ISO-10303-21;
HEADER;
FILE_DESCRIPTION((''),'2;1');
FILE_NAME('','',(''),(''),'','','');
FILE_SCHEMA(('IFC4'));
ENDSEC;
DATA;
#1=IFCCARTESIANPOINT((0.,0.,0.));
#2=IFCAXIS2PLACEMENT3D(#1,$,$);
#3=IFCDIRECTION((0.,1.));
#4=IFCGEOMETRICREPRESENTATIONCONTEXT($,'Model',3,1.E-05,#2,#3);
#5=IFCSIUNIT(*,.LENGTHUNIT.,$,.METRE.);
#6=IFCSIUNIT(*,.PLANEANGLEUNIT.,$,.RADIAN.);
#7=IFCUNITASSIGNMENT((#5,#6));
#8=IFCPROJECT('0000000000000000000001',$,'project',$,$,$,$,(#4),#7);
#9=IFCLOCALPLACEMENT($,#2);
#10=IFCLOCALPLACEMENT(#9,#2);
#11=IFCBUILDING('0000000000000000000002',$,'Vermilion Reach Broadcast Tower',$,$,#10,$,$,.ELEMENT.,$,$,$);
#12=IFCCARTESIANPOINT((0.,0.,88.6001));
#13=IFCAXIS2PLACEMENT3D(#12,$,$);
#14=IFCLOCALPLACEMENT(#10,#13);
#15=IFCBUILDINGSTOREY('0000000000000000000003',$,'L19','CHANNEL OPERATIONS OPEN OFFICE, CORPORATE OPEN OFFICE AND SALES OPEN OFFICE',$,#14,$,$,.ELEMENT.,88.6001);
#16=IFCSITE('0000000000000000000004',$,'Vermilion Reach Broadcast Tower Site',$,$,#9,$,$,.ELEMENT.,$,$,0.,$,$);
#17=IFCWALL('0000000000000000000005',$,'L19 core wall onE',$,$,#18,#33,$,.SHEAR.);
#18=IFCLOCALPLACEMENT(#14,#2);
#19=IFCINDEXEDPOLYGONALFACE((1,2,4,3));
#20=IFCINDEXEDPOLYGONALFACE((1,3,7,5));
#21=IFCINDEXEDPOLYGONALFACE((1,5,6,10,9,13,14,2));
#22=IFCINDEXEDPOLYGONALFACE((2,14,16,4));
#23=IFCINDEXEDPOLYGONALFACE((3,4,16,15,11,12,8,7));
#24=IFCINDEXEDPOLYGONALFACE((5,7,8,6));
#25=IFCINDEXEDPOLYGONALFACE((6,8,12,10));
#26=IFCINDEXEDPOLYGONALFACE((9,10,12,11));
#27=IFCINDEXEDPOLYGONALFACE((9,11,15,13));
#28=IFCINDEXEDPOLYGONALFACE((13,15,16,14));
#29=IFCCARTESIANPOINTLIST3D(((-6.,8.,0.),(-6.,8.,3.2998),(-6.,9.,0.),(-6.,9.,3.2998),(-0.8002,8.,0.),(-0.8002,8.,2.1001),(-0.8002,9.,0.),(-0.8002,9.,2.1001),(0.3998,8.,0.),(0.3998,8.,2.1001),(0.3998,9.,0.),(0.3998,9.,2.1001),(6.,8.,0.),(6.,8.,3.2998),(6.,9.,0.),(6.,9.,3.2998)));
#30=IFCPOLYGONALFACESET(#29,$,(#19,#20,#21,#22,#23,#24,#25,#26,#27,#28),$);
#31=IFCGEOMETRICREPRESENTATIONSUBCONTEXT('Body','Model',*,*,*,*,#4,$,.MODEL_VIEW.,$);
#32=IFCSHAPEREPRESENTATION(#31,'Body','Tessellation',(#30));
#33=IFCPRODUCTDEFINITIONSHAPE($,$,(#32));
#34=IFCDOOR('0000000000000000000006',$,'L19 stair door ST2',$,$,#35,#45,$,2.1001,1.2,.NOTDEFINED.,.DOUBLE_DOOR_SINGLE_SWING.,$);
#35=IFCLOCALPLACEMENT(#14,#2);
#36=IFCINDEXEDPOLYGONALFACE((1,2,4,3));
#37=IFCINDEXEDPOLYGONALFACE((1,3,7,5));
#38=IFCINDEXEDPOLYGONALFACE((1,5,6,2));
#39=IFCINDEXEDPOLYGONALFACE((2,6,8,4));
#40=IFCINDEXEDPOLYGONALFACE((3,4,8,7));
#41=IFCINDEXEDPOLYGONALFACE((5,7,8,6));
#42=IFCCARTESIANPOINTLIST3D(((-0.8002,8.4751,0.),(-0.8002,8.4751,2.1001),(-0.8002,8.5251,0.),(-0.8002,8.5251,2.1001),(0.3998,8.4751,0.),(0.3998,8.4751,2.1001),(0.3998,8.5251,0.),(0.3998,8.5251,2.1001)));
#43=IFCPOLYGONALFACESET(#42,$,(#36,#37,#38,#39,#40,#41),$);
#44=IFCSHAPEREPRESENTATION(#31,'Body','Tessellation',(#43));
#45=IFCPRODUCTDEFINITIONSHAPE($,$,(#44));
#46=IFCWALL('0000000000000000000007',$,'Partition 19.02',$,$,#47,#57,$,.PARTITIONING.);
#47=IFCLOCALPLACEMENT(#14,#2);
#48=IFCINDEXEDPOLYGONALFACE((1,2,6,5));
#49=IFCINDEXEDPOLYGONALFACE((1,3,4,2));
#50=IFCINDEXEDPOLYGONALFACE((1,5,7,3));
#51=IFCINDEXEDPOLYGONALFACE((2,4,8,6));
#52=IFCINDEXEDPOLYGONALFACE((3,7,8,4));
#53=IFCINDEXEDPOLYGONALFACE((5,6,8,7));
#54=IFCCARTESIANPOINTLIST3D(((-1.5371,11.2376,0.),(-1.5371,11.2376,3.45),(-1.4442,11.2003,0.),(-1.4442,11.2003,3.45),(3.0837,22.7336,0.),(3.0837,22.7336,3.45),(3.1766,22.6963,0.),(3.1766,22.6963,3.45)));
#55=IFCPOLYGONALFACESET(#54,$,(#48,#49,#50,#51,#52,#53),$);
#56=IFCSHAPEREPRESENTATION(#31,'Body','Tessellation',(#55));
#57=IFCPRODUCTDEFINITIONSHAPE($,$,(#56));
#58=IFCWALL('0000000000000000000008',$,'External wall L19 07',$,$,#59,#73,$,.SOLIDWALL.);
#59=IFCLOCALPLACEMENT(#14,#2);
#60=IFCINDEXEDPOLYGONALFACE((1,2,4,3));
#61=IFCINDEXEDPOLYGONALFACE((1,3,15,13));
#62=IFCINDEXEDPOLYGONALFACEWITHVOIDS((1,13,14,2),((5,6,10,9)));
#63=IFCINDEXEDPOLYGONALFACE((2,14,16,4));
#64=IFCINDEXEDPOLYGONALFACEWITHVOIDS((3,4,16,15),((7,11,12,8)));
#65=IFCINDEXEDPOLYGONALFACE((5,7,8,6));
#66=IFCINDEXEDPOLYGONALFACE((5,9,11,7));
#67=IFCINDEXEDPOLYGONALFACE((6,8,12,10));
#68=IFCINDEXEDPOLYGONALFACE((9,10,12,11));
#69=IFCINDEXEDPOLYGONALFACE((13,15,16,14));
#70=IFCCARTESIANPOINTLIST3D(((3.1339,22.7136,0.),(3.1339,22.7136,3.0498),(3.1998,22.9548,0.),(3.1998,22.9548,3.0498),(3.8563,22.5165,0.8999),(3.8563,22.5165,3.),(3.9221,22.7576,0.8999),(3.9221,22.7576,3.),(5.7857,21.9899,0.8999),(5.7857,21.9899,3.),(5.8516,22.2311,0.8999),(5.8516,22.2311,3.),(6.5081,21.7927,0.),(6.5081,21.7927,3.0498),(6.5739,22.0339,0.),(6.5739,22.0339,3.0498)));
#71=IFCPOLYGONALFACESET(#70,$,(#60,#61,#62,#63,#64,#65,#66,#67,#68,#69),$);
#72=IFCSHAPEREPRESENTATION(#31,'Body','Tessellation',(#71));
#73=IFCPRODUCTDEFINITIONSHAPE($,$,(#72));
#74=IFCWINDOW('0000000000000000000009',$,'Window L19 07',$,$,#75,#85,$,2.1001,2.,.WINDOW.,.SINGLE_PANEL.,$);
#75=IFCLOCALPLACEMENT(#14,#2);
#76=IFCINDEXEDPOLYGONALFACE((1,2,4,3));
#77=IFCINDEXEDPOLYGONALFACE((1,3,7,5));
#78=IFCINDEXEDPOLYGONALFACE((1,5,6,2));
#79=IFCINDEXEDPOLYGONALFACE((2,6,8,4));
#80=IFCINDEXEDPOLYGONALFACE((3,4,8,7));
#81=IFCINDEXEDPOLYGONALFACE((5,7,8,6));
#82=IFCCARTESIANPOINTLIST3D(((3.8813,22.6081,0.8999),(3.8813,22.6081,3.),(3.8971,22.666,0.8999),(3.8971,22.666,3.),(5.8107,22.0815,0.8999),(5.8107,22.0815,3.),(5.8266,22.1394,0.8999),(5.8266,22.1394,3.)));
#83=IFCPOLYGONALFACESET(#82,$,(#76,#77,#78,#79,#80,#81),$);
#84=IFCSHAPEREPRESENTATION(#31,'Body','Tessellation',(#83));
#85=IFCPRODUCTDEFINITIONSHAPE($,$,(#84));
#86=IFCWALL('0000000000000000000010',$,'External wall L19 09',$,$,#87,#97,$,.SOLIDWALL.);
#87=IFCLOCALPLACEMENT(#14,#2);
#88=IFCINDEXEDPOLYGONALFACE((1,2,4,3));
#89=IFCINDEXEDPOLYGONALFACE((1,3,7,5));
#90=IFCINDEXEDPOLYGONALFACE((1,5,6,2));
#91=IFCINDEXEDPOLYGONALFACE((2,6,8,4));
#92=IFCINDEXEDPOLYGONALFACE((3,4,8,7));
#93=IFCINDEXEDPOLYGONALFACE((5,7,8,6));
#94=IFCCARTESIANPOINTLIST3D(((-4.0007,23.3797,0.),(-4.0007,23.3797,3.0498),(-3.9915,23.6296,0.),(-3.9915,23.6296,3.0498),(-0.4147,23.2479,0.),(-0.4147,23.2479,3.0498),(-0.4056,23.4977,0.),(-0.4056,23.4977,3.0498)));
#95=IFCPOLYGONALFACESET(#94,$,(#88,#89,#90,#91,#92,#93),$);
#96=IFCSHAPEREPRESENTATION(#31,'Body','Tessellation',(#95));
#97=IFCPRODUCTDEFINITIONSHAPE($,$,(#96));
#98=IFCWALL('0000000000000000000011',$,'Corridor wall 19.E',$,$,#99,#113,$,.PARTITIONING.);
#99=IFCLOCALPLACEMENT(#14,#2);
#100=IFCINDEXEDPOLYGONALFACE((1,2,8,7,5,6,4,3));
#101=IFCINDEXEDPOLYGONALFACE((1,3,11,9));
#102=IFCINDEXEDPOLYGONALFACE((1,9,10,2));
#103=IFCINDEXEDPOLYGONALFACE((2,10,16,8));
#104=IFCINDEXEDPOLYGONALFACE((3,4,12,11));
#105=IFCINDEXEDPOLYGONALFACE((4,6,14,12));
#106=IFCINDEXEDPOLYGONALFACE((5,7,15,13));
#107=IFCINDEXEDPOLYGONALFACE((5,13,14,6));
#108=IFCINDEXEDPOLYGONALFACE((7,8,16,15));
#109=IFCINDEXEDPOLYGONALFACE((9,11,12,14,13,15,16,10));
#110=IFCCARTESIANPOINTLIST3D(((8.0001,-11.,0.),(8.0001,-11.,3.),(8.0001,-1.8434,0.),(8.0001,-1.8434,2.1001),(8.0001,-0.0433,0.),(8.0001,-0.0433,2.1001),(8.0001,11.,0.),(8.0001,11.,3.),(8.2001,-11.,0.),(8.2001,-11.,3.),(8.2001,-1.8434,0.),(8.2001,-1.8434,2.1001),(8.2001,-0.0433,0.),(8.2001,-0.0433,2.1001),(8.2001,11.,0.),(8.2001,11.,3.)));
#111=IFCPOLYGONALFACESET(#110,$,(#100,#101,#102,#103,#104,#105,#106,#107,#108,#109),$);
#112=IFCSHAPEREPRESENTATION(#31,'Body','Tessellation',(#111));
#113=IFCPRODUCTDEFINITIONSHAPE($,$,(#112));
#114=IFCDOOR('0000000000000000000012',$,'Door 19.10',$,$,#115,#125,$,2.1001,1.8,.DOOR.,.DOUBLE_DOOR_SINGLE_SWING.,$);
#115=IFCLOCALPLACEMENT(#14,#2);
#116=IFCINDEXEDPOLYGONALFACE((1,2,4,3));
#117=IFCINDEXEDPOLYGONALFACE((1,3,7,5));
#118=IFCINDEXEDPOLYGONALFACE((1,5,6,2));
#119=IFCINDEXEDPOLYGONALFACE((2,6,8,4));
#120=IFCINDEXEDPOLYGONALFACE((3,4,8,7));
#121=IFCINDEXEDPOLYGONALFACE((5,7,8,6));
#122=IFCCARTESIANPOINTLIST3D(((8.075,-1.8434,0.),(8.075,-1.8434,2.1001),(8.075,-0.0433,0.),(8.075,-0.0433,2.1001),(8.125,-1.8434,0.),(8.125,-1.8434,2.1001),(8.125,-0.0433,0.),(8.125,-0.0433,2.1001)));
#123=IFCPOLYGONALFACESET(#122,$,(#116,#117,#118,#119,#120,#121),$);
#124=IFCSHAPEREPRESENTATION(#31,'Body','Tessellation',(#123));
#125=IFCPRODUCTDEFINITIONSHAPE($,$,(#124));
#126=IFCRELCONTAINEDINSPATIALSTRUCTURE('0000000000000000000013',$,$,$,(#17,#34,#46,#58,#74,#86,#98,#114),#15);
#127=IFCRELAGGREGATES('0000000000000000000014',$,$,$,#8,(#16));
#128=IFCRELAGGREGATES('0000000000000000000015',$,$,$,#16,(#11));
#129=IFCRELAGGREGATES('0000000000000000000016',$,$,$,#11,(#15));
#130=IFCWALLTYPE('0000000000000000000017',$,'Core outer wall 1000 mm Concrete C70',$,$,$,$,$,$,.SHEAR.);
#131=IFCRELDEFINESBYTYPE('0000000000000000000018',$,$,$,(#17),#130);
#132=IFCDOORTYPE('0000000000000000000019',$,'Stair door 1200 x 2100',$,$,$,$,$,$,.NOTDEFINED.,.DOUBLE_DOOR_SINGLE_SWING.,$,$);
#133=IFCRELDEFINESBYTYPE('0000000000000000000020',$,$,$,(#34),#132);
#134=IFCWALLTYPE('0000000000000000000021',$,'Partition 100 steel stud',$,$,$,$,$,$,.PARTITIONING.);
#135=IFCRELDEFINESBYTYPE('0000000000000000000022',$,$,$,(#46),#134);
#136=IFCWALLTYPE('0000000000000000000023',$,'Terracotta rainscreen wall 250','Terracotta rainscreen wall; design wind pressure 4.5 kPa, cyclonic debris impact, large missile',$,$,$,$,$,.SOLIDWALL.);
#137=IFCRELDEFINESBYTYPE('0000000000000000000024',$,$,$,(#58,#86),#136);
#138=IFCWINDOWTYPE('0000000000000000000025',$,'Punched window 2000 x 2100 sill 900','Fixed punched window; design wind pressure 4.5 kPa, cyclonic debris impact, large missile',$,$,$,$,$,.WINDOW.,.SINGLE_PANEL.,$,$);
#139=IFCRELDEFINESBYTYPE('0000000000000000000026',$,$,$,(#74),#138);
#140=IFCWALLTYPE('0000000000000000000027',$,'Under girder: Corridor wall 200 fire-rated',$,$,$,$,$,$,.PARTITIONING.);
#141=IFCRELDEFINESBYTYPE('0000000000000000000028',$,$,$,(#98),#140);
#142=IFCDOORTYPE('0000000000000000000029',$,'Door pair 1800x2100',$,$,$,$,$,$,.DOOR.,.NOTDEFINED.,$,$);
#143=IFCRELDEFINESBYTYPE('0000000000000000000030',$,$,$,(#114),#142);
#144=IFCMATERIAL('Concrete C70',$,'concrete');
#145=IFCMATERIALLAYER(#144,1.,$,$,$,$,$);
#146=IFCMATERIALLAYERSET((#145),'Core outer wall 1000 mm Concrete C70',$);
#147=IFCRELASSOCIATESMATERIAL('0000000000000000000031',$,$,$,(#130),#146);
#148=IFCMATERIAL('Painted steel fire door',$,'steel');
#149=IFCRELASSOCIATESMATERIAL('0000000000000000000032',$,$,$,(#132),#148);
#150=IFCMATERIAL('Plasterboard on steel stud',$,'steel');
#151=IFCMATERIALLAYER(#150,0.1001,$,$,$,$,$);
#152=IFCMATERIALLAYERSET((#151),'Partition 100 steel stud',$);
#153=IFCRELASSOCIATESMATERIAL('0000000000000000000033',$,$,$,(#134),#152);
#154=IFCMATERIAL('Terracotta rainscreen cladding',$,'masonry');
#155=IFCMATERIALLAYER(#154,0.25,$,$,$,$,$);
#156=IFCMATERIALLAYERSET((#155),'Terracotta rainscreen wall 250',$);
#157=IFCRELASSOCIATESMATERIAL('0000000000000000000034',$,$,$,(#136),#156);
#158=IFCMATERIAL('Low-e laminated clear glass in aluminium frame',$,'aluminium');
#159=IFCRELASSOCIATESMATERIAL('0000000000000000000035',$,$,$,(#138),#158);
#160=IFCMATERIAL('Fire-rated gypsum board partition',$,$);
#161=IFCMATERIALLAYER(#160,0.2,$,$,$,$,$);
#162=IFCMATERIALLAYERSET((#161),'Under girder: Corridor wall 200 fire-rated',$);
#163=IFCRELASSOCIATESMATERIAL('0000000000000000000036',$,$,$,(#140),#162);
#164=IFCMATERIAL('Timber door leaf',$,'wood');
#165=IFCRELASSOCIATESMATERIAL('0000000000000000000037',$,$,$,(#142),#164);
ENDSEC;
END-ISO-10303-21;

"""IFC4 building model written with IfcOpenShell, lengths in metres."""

from ifc_helpers import new_model, si_unit, direction, frame, frame_2d, origin, place, context, subcontext, project, spatial, rectangle, extrude, material, layer, layer_set, type_object, element, fill, save


model = new_model("IFC4")

# Units and contexts
model_context = context("Model", 3, precision=1e-05, world=origin(), true_north=direction((0.0, 1.0)))
body_context = subcontext(model_context, "Body", "Model", "MODEL_VIEW")
ifc_project = project(units=[si_unit("LENGTHUNIT", "METRE"), si_unit("PLANEANGLEUNIT", "RADIAN")], contexts=[model_context])

# Site, building, storey
site_placement = place(None, origin())
site = spatial("IfcSite", under=ifc_project, at=site_placement, Name="Vermilion Reach Broadcast Tower Site", CompositionType="ELEMENT", RefElevation=0.0)
building_placement = place(site_placement, origin())
building = spatial("IfcBuilding", under=site, at=building_placement, Name="Vermilion Reach Broadcast Tower", CompositionType="ELEMENT")
storey_placement = place(building_placement, frame((0.0, 0.0, 88.6001)))
storey = spatial("IfcBuildingStorey", under=building, at=storey_placement, Name="L19", Description="CHANNEL OPERATIONS OPEN OFFICE, CORPORATE OPEN OFFICE AND SALES OPEN OFFICE", CompositionType="ELEMENT", Elevation=88.6001)

# Wall, opening, door
ifc_material_1 = material(Name="Concrete C70", Category="concrete")
ifc_layer_1 = layer(ifc_material_1, 1.0)
ifc_layer_set_1 = layer_set([ifc_layer_1], Name="Core outer wall 1000 mm Concrete C70")
wall_type_1 = type_object("IfcWallType", Name="Core outer wall 1000 mm Concrete C70", PredefinedType="SHEAR", material=ifc_layer_set_1)
wall_1_placement = place(storey_placement, frame((6.0, 8.5, 0.0), z_axis=(0.0, 0.0, 1.0), x_axis=(-1.0, 0.0, 0.0)))
wall_1 = element("IfcWall", 1, at=wall_1_placement, inside=storey, type_object=wall_type_1, Name="L19 core wall onE", PredefinedType="SHEAR", context=body_context, shape_type="SweptSolid", body=[
    extrude(rectangle(XDim=12.0, YDim=1.0, at=frame_2d((6.0, 0.0))), origin(), (0.0, 0.0, 1.0), 3.2998),
])
opening_1_placement = place(wall_1_placement, frame((5.6001, 0.0, 0.0)))
opening_1 = element("IfcOpeningElement", 2, at=opening_1_placement, cuts=wall_1, PredefinedType="OPENING", context=body_context, shape_type="SweptSolid", body=[
    extrude(rectangle(XDim=1.2, YDim=2.1001, at=frame_2d((0.6001, 1.05))), frame((0.0, 0.51, 0.0), z_axis=(0.0, -1.0, 0.0), x_axis=(1.0, 0.0, 0.0)), (0.0, 0.0, 1.0), 1.02),
])
ifc_material_2 = material(Name="Painted steel fire door", Category="steel")
door_type_1 = type_object("IfcDoorType", Name="Stair door 1200 x 2100", OperationType="DOUBLE_DOOR_SINGLE_SWING", PredefinedType="NOTDEFINED", material=ifc_material_2)
door_1_placement = place(opening_1_placement, origin())
door_1 = element("IfcDoor", 3, at=door_1_placement, inside=storey, type_object=door_type_1, Name="L19 stair door ST2", OperationType="DOUBLE_DOOR_SINGLE_SWING", OverallHeight=2.1001, OverallWidth=1.2, PredefinedType="NOTDEFINED", context=body_context, shape_type="SweptSolid", body=[
    extrude(rectangle(XDim=1.2, YDim=2.1001, at=frame_2d((0.6001, 1.05))), frame((0.0, 0.0249, 0.0), z_axis=(0.0, -1.0, 0.0), x_axis=(1.0, 0.0, 0.0)), (0.0, 0.0, 1.0), 0.05),
])
fill(opening_1, door_1)

# Wall
ifc_material_3 = material(Name="Plasterboard on steel stud", Category="steel")
ifc_layer_2 = layer(ifc_material_3, 0.1001)
ifc_layer_set_2 = layer_set([ifc_layer_2], Name="Partition 100 steel stud")
wall_type_2 = type_object("IfcWallType", Name="Partition 100 steel stud", PredefinedType="PARTITIONING", material=ifc_layer_set_2)
wall_2_placement = place(storey_placement, frame((3.1301, 22.7148, 0.0), z_axis=(0.0, 0.0, 1.0), x_axis=(-0.37295, -0.927852, 0.0)))
element("IfcWall", 4, at=wall_2_placement, inside=storey, type_object=wall_type_2, Name="Partition 19.02", PredefinedType="PARTITIONING", context=body_context, shape_type="SweptSolid", body=[
    extrude(rectangle(XDim=12.3899, YDim=0.1001, at=frame_2d((6.1948, 0.0))), origin(), (0.0, 0.0, 1.0), 3.45),
])

# Wall, opening, window
ifc_material_4 = material(Name="Terracotta rainscreen cladding", Category="masonry")
ifc_layer_3 = layer(ifc_material_4, 0.25)
ifc_layer_set_3 = layer_set([ifc_layer_3], Name="Terracotta rainscreen wall 250")
wall_type_3 = type_object("IfcWallType", Name="Terracotta rainscreen wall 250", Description="Terracotta rainscreen wall; design wind pressure 4.5 kPa, cyclonic debris impact, large missile", PredefinedType="SOLIDWALL", material=ifc_layer_set_3)
wall_3_placement = place(storey_placement, frame((6.541, 21.9133, 0.0), z_axis=(0.0, 0.0, 1.0), x_axis=(-0.964717, 0.263289, 0.0)))
wall_3 = element("IfcWall", 5, at=wall_3_placement, inside=storey, type_object=wall_type_3, Name="External wall L19 07", PredefinedType="SOLIDWALL", context=body_context, shape_type="SweptSolid", body=[
    extrude(rectangle(XDim=3.4976, YDim=0.25, at=frame_2d((1.7488, 0.0))), origin(), (0.0, 0.0, 1.0), 3.0498),
])
opening_2_placement = place(wall_3_placement, frame((0.7488, 0.0, 0.8999)))
opening_2 = element("IfcOpeningElement", 6, at=opening_2_placement, cuts=wall_3, PredefinedType="OPENING", context=body_context, shape_type="SweptSolid", body=[
    extrude(rectangle(XDim=2.0, YDim=2.1001, at=frame_2d((1.0, 1.05))), frame((0.0, 0.135, 0.0), z_axis=(0.0, -1.0, 0.0), x_axis=(1.0, 0.0, 0.0)), (0.0, 0.0, 1.0), 0.27),
])
ifc_material_5 = material(Name="Low-e laminated clear glass in aluminium frame", Category="aluminium")
window_type = type_object("IfcWindowType", Name="Punched window 2000 x 2100 sill 900", Description="Fixed punched window; design wind pressure 4.5 kPa, cyclonic debris impact, large missile", PartitioningType="SINGLE_PANEL", PredefinedType="WINDOW", material=ifc_material_5)
window_placement = place(opening_2_placement, origin())
window = element("IfcWindow", 7, at=window_placement, inside=storey, type_object=window_type, Name="Window L19 07", OverallHeight=2.1001, OverallWidth=2.0, PartitioningType="SINGLE_PANEL", PredefinedType="WINDOW", context=body_context, shape_type="SweptSolid", body=[
    extrude(rectangle(XDim=2.0, YDim=2.1001, at=frame_2d((1.0, 1.05))), frame((0.0, 0.03, 0.0), z_axis=(0.0, -1.0, 0.0), x_axis=(1.0, 0.0, 0.0)), (0.0, 0.0, 1.0), 0.0601),
])
fill(opening_2, window)

# Wall
wall_4_placement = place(storey_placement, frame((-0.4102, 23.3728, 0.0), z_axis=(0.0, 0.0, 1.0), x_axis=(-0.999325, 0.03674, 0.0)))
element("IfcWall", 8, at=wall_4_placement, inside=storey, type_object=wall_type_3, Name="External wall L19 09", PredefinedType="SOLIDWALL", context=body_context, shape_type="SweptSolid", body=[
    extrude(rectangle(XDim=3.5884, YDim=0.25, at=frame_2d((1.7942, 0.0))), origin(), (0.0, 0.0, 1.0), 3.0498),
])

# Wall, opening, door
ifc_material_6 = material(Name="Fire-rated gypsum board partition")
ifc_layer_4 = layer(ifc_material_6, 0.2)
ifc_layer_set_4 = layer_set([ifc_layer_4], Name="Under girder: Corridor wall 200 fire-rated")
wall_type_4 = type_object("IfcWallType", Name="Under girder: Corridor wall 200 fire-rated", PredefinedType="PARTITIONING", material=ifc_layer_set_4)
wall_5_placement = place(storey_placement, frame((8.1001, 11.0, 0.0), z_axis=(0.0, 0.0, 1.0), x_axis=(0.0, -1.0, 0.0)))
wall_5 = element("IfcWall", 9, at=wall_5_placement, inside=storey, type_object=wall_type_4, Name="Corridor wall 19.E", PredefinedType="PARTITIONING", context=body_context, shape_type="SweptSolid", body=[
    extrude(rectangle(XDim=22.0, YDim=0.2, at=frame_2d((11.0, 0.0))), origin(), (0.0, 0.0, 1.0), 3.0),
])
opening_3_placement = place(wall_5_placement, frame((11.0435, 0.0, 0.0)))
opening_3 = element("IfcOpeningElement", 10, at=opening_3_placement, cuts=wall_5, PredefinedType="OPENING", context=body_context, shape_type="SweptSolid", body=[
    extrude(rectangle(XDim=1.8, YDim=2.1001, at=frame_2d((0.8999, 1.05))), frame((0.0, 0.1099, 0.0), z_axis=(0.0, -1.0, 0.0), x_axis=(1.0, 0.0, 0.0)), (0.0, 0.0, 1.0), 0.22),
])
ifc_material_7 = material(Name="Timber door leaf", Category="wood")
door_type_2 = type_object("IfcDoorType", Name="Door pair 1800x2100", OperationType="NOTDEFINED", PredefinedType="DOOR", material=ifc_material_7)
door_2_placement = place(opening_3_placement, origin())
door_2 = element("IfcDoor", 11, at=door_2_placement, inside=storey, type_object=door_type_2, Name="Door 19.10", OperationType="DOUBLE_DOOR_SINGLE_SWING", OverallHeight=2.1001, OverallWidth=1.8, PredefinedType="DOOR", context=body_context, shape_type="SweptSolid", body=[
    extrude(rectangle(XDim=1.8, YDim=2.1001, at=frame_2d((0.8999, 1.05))), frame((0.0, 0.0249, 0.0), z_axis=(0.0, -1.0, 0.0), x_axis=(1.0, 0.0, 0.0)), (0.0, 0.0, 1.0), 0.05),
])
fill(opening_3, door_2)

save(model, "model.ifc")
